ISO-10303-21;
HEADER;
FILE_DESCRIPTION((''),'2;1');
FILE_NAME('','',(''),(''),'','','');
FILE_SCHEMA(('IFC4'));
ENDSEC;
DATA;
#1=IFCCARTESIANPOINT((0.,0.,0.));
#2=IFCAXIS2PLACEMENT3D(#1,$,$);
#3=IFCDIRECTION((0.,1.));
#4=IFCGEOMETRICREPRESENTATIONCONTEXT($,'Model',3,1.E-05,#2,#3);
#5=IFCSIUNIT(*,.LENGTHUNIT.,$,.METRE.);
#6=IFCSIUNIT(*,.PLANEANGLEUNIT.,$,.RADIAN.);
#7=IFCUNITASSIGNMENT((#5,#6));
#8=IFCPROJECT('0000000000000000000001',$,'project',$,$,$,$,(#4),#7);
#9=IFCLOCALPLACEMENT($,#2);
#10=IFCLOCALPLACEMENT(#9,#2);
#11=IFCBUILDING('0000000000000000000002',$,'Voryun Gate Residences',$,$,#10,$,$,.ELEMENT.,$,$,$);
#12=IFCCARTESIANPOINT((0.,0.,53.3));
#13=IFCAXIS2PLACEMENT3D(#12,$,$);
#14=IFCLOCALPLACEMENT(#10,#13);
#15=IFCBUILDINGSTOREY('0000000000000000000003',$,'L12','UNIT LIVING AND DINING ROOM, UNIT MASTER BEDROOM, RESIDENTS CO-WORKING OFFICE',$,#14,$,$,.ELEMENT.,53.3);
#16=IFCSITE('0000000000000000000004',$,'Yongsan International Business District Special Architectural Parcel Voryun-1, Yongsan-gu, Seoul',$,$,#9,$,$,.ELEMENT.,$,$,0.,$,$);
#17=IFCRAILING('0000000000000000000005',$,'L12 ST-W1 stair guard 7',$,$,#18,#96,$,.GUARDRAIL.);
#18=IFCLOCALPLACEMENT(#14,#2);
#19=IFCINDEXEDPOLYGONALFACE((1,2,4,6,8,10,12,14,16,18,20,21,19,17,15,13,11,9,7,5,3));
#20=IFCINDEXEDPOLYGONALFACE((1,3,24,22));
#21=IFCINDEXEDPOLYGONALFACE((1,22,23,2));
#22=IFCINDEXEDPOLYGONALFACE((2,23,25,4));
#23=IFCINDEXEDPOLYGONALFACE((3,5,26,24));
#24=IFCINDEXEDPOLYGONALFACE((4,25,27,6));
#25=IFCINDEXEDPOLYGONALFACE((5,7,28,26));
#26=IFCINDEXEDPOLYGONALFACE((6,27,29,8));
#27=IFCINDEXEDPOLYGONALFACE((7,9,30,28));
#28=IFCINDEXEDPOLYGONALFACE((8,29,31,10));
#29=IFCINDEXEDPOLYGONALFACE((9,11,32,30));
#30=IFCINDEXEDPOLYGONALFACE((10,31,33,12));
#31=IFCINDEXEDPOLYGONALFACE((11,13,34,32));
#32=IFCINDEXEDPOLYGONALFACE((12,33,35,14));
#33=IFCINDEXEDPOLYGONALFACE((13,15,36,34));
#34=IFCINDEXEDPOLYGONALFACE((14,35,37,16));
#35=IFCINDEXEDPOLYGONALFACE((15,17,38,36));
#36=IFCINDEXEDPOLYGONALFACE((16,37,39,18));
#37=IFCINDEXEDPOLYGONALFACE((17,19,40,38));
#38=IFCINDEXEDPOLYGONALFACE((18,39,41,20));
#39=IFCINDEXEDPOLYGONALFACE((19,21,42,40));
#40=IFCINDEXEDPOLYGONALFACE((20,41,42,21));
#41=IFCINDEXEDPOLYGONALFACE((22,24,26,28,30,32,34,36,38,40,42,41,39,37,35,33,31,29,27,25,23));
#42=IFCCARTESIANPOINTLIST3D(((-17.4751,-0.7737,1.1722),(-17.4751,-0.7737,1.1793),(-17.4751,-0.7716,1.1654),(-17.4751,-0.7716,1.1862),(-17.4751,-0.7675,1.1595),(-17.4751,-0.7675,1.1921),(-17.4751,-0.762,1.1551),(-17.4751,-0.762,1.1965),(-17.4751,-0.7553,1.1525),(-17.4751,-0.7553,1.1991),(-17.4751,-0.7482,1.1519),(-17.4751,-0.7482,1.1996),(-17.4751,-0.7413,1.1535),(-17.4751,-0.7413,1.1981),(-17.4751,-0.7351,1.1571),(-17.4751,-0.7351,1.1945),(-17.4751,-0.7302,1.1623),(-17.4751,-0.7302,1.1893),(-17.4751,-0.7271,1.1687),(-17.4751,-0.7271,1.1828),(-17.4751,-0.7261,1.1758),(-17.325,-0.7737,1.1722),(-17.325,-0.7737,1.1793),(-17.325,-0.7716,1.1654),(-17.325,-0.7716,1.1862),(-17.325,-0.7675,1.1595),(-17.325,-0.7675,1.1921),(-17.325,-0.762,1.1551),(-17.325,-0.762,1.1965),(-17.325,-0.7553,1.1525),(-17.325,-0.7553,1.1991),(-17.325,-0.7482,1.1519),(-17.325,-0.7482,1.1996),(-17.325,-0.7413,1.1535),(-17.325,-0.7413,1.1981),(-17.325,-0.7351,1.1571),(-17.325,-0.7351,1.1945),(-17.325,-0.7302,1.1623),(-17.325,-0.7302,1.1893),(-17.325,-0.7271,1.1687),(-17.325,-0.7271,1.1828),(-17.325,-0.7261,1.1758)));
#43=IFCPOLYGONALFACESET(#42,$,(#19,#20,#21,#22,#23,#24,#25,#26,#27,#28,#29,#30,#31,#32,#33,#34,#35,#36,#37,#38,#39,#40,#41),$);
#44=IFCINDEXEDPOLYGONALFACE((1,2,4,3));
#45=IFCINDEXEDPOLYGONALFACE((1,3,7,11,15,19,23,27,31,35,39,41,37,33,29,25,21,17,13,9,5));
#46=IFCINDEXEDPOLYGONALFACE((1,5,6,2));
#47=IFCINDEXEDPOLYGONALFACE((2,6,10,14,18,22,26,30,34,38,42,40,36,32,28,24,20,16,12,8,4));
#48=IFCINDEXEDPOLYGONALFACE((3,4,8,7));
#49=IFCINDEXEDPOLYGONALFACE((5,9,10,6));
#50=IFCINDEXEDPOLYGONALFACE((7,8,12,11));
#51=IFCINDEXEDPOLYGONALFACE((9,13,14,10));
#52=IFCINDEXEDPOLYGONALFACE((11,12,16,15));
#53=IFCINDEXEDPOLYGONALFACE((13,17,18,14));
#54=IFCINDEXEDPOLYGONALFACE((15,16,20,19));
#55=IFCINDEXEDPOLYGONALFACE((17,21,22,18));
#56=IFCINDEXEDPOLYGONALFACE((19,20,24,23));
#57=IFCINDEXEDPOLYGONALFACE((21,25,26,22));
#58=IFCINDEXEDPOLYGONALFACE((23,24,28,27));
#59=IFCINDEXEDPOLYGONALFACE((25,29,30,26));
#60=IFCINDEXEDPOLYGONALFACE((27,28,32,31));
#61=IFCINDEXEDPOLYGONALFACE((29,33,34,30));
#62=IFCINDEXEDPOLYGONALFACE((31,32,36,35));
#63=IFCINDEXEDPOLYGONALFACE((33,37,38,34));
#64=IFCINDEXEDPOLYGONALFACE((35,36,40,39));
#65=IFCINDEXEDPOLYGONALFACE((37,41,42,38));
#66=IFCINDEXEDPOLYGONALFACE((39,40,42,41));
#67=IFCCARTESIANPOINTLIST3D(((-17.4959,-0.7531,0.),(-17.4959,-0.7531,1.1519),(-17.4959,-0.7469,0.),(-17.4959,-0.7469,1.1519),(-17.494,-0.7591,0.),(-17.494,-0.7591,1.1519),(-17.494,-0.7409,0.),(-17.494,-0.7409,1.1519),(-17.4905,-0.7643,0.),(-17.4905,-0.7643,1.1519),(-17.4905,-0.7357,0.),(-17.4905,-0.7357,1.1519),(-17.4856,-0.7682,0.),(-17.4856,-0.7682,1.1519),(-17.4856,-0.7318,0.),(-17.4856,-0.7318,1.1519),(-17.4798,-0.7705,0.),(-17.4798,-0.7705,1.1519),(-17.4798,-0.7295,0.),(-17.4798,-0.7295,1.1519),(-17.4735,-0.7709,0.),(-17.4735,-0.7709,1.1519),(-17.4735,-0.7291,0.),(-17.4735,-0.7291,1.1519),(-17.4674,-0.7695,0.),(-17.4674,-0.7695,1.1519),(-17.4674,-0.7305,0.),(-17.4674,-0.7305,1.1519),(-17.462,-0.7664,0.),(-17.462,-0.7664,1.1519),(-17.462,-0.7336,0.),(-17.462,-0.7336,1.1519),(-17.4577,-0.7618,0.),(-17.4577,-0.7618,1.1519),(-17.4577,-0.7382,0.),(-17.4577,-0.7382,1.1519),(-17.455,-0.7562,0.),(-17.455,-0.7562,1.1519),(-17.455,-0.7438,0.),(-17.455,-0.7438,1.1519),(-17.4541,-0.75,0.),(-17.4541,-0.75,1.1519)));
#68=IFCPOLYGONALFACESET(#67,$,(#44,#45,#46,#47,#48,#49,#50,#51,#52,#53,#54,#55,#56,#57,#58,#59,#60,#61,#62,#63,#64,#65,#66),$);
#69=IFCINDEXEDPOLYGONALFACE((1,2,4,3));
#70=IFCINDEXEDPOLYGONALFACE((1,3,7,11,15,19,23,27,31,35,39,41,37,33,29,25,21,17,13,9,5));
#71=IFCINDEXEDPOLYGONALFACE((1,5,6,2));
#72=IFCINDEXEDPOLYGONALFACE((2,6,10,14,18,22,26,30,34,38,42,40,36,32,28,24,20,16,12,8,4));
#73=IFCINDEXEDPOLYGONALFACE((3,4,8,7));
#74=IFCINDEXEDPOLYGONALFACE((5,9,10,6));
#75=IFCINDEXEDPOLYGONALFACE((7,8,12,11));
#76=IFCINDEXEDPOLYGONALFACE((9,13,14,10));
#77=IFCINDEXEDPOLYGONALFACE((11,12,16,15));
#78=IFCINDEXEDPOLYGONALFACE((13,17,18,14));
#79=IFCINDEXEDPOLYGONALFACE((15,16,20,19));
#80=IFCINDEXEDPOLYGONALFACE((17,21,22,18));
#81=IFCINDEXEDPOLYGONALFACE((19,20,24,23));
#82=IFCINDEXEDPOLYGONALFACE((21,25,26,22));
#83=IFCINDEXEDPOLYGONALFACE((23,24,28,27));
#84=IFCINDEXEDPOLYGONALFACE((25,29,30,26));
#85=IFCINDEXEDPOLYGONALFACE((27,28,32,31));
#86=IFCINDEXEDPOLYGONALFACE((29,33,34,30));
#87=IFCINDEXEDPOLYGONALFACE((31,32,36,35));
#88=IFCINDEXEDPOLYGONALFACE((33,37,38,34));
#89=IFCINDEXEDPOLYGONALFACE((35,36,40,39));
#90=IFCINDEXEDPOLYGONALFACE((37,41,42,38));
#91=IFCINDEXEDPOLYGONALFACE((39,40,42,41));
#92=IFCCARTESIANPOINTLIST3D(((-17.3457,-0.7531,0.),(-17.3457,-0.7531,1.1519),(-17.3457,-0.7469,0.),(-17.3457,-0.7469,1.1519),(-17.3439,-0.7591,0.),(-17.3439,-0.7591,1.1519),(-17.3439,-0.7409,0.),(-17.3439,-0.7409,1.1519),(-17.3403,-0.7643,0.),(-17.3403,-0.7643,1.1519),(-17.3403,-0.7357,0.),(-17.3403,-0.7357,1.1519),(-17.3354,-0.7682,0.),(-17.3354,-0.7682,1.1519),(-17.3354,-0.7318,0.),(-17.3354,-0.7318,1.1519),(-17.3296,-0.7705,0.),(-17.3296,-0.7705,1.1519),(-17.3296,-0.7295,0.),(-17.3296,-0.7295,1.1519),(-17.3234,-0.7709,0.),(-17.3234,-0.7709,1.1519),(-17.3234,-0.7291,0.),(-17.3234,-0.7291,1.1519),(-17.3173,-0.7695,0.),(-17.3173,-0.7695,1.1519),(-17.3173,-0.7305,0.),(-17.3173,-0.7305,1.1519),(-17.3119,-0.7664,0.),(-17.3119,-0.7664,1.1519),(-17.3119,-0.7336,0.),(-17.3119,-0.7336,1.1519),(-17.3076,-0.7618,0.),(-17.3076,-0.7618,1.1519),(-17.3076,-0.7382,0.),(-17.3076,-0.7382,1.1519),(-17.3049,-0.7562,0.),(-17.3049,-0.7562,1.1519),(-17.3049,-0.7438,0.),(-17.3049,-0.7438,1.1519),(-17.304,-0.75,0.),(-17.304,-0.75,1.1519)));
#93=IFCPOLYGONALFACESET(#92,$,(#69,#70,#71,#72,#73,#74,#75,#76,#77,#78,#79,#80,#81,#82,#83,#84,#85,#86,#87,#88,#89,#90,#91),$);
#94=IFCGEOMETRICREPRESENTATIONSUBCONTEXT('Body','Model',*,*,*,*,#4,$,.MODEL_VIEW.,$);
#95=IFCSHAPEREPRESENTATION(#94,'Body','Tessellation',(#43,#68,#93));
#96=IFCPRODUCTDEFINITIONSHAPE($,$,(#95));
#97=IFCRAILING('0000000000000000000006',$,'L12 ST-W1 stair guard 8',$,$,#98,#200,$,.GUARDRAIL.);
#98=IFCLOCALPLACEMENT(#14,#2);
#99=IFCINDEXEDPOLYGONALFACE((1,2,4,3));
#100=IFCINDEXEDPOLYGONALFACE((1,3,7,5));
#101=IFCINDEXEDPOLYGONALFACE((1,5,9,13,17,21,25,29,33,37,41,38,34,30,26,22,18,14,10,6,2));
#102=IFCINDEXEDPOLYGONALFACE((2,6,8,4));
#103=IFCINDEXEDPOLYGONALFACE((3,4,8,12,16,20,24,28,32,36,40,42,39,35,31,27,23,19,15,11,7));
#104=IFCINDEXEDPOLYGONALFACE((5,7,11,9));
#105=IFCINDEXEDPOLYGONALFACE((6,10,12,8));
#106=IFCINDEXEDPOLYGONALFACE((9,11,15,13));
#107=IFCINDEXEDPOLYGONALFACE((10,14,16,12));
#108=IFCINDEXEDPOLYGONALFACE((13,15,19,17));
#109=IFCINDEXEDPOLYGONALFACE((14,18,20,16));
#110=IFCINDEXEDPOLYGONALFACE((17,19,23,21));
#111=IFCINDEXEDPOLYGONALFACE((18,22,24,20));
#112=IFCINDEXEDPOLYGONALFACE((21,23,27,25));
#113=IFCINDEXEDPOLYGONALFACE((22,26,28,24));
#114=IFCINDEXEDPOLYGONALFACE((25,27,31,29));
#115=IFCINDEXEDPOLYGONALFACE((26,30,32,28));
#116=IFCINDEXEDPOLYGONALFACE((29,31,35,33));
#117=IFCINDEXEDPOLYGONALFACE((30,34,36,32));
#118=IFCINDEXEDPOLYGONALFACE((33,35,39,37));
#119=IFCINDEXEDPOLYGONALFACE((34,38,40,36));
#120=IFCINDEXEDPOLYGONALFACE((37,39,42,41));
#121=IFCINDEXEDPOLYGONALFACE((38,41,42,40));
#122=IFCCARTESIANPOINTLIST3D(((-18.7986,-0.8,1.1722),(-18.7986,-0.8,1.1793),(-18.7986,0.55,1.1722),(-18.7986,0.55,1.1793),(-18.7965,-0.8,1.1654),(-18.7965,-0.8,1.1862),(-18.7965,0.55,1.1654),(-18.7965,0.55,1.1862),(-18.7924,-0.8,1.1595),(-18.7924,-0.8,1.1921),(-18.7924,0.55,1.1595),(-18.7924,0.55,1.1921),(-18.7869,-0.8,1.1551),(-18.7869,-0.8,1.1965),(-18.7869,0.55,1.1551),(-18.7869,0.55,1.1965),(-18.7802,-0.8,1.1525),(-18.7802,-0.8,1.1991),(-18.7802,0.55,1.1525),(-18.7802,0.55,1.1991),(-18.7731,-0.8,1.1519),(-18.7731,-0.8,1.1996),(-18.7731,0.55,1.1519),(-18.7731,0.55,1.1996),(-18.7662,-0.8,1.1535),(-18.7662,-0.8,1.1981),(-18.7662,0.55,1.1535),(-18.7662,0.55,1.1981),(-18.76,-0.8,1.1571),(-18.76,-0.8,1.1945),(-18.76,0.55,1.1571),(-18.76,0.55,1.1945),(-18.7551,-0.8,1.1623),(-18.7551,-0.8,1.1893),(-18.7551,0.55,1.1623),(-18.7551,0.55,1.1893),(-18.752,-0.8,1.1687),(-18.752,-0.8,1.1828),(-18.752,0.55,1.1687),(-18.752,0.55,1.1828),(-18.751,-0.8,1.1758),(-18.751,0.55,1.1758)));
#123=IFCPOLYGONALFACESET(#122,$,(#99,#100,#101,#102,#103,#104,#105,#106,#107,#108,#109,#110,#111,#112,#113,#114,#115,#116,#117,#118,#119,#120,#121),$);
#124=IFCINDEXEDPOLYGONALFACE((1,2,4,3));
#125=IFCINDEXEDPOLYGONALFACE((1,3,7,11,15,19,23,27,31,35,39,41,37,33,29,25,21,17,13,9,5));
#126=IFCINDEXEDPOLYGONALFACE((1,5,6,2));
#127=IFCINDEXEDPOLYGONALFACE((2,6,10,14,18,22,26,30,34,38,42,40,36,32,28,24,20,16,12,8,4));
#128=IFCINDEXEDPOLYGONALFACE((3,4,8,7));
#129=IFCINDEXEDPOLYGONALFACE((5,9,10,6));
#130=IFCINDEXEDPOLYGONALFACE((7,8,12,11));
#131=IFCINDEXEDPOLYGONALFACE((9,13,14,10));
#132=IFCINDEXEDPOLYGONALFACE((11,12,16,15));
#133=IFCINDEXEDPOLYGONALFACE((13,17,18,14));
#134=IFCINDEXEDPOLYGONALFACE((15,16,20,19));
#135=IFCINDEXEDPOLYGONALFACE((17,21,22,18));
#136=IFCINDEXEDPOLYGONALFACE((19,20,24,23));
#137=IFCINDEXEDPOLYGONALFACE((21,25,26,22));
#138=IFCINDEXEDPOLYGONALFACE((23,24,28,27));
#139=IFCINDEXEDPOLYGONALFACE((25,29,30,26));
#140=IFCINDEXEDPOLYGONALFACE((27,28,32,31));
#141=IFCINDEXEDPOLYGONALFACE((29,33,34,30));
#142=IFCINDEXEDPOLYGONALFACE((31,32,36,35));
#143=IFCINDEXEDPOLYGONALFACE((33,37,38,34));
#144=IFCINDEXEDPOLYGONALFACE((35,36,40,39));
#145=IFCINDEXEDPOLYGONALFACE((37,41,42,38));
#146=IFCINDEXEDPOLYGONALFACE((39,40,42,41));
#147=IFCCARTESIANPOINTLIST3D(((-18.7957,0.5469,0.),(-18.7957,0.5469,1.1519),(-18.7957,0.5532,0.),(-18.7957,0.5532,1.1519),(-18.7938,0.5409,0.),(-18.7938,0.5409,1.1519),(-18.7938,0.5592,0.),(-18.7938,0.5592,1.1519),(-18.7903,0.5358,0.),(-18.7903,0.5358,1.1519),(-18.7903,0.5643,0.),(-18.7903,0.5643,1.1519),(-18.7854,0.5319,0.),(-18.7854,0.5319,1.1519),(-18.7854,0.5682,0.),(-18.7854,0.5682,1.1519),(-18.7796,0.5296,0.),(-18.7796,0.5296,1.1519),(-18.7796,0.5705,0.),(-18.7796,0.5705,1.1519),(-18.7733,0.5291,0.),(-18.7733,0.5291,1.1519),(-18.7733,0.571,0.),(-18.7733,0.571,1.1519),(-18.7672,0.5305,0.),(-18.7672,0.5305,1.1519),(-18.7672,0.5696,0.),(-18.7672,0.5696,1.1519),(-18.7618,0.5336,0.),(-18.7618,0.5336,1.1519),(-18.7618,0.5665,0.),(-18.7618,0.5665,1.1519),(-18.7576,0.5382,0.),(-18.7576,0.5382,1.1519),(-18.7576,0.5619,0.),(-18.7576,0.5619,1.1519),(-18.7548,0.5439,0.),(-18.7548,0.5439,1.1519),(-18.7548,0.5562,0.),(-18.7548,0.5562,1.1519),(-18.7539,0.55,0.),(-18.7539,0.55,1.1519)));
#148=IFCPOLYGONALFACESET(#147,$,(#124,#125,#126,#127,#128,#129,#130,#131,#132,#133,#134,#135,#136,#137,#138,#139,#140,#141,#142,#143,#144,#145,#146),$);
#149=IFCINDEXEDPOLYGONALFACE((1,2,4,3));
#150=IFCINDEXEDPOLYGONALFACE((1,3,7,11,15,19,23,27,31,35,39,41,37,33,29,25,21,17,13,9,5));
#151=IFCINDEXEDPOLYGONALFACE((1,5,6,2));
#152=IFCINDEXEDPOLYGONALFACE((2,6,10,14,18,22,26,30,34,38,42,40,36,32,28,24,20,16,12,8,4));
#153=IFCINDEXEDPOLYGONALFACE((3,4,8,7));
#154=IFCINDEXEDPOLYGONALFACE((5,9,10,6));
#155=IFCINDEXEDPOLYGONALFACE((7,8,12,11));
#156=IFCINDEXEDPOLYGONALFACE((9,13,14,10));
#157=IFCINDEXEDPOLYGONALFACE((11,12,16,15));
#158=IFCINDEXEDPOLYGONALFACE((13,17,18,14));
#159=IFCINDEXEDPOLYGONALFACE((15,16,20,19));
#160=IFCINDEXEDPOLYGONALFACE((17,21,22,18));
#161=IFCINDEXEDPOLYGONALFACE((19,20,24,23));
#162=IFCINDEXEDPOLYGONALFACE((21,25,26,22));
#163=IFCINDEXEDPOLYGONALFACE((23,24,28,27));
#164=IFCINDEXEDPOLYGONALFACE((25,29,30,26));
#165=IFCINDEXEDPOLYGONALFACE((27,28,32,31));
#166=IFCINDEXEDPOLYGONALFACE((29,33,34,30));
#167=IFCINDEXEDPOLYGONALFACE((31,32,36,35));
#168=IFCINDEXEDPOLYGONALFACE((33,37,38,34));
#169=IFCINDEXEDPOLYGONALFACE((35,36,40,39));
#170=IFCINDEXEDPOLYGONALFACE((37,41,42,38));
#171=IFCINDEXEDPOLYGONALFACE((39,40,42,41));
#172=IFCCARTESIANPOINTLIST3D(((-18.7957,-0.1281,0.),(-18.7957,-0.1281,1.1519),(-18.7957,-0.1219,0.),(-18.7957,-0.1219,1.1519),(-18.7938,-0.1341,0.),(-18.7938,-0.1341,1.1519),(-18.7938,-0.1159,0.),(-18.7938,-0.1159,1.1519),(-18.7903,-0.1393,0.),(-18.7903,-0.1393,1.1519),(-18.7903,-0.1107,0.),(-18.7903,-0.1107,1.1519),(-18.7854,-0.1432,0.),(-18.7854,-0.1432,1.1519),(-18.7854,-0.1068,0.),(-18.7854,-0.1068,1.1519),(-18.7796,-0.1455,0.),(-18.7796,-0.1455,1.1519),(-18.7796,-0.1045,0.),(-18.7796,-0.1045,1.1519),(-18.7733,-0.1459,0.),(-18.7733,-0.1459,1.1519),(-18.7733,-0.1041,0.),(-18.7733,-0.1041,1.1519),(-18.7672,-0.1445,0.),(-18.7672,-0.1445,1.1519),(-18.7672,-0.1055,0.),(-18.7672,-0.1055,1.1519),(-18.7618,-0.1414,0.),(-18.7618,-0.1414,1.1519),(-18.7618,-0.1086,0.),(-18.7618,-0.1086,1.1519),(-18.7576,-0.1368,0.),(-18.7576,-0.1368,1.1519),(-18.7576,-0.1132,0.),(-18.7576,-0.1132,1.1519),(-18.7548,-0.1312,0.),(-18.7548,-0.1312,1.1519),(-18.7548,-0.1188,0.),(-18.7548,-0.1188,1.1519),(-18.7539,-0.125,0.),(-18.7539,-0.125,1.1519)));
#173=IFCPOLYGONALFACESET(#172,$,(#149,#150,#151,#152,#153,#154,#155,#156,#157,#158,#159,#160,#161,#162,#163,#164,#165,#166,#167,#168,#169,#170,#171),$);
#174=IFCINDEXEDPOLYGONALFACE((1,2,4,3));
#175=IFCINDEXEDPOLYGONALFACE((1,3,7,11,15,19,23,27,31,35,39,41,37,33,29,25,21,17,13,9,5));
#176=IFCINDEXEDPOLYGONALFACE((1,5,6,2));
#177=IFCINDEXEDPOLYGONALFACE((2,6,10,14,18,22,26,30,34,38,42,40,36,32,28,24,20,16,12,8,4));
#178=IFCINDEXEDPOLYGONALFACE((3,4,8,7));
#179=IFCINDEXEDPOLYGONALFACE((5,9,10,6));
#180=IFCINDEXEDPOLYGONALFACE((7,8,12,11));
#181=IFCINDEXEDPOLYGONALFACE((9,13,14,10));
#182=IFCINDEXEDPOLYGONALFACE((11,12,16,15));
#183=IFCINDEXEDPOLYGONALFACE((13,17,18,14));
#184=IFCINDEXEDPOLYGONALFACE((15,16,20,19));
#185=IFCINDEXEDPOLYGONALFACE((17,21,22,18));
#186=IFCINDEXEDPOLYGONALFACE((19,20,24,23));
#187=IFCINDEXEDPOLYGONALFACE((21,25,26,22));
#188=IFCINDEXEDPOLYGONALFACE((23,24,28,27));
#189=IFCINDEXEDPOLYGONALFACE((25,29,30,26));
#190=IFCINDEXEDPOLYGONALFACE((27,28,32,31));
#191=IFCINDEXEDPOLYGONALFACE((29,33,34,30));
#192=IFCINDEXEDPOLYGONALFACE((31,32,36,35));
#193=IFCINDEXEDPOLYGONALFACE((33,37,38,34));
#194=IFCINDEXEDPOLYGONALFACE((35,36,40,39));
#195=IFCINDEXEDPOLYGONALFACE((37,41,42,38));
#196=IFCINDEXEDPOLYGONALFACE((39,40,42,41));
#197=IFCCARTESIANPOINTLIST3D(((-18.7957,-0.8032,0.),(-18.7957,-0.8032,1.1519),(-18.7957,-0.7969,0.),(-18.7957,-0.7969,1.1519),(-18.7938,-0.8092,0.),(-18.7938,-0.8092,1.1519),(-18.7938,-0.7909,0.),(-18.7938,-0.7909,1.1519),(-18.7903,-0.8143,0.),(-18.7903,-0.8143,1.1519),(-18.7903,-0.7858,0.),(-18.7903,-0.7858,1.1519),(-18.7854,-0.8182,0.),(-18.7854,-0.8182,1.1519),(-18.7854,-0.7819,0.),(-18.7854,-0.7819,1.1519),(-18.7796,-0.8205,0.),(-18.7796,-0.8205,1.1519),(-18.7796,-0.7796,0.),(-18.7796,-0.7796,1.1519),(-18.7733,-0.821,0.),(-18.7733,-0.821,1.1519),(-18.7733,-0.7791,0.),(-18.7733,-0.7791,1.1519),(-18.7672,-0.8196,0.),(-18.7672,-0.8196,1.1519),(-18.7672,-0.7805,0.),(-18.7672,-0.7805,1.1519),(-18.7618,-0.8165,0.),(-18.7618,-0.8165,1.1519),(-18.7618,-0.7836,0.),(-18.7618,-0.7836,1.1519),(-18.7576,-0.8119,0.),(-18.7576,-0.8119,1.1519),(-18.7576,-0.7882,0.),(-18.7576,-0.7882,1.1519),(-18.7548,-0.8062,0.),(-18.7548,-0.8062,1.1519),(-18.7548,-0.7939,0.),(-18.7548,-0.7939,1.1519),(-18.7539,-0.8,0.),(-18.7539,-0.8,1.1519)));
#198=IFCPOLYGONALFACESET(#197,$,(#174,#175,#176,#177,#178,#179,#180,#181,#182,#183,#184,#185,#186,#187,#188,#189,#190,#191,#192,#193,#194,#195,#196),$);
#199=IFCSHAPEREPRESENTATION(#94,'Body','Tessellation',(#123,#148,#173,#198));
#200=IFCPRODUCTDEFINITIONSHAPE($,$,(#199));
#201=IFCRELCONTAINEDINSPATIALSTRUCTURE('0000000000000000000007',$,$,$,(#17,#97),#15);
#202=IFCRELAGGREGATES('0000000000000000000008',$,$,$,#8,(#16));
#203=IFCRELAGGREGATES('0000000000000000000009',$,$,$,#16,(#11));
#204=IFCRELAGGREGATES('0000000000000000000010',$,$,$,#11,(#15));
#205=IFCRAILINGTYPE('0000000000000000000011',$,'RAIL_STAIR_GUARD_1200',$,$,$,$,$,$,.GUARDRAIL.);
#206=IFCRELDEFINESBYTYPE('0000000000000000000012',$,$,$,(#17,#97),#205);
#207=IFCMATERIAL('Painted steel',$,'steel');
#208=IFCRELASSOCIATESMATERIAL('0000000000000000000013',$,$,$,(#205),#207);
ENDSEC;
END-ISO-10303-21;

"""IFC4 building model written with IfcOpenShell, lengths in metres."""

from ifc_helpers import new_model, si_unit, direction, frame, origin, origin_2d, place, context, subcontext, project, spatial, circle, extrude, material, type_object, element, save


model = new_model("IFC4")

# Units and contexts
model_context = context("Model", 3, precision=1e-05, world=origin(), true_north=direction((0.0, 1.0)))
body_context = subcontext(model_context, "Body", "Model", "MODEL_VIEW")
ifc_project = project(units=[si_unit("LENGTHUNIT", "METRE"), si_unit("PLANEANGLEUNIT", "RADIAN")], contexts=[model_context])

# Site, building, storey
site_placement = place(None, origin())
site = spatial("IfcSite", under=ifc_project, at=site_placement, Name="Yongsan International Business District Special Architectural Parcel Voryun-1, Yongsan-gu, Seoul", CompositionType="ELEMENT", RefElevation=0.0)
building_placement = place(site_placement, origin())
building = spatial("IfcBuilding", under=site, at=building_placement, Name="Voryun Gate Residences", CompositionType="ELEMENT")
storey_placement = place(building_placement, frame((0.0, 0.0, 53.3)))
storey = spatial("IfcBuildingStorey", under=building, at=storey_placement, Name="L12", Description="UNIT LIVING AND DINING ROOM, UNIT MASTER BEDROOM, RESIDENTS CO-WORKING OFFICE", CompositionType="ELEMENT", Elevation=53.3)

# Railings
ifc_material_1 = material(Name="Painted steel", Category="steel")
railing_type = type_object("IfcRailingType", Name="RAIL_STAIR_GUARD_1200", PredefinedType="GUARDRAIL", material=ifc_material_1)
railing_1_placement = place(storey_placement, frame((-17.4751, -0.75, 0.0)))
element("IfcRailing", 1, at=railing_1_placement, inside=storey, type_object=railing_type, Name="L12 ST-W1 stair guard 7", PredefinedType="GUARDRAIL", context=body_context, shape_type="SweptSolid", body=[
    extrude(circle(Radius=0.0239, at=origin_2d()), frame((0.0, 0.0, 1.1758), z_axis=(1.0, 0.0, 0.0), x_axis=(0.0, 1.0, 0.0)), (0.0, 0.0, 1.0), 0.1501),
    extrude(circle(Radius=0.021, at=origin_2d()), origin(), (0.0, 0.0, 1.0), 1.1519),
    extrude(circle(Radius=0.021, at=origin_2d()), frame((0.1501, 0.0, 0.0)), (0.0, 0.0, 1.0), 1.1519),
])
for number, where, name in (
    (2, (-18.7749, 0.55, 0.0), "L12 ST-W1 stair guard 8"),
):
    element("IfcRailing", number, at=place(storey_placement, frame(where)), inside=storey, type_object=railing_type, Name=name, PredefinedType="GUARDRAIL", context=body_context, shape_type="SweptSolid", body=[
        extrude(circle(Radius=0.0239, at=origin_2d()), frame((0.0, 0.0, 1.1758), z_axis=(0.0, -1.0, 0.0), x_axis=(1.0, 0.0, 0.0)), (0.0, 0.0, 1.0), 1.3501),
        extrude(circle(Radius=0.021, at=origin_2d()), origin(), (0.0, 0.0, 1.0), 1.1519),
        extrude(circle(Radius=0.021, at=origin_2d()), frame((0.0, -0.675, 0.0)), (0.0, 0.0, 1.0), 1.1519),
        extrude(circle(Radius=0.021, at=origin_2d()), frame((0.0, -1.3501, 0.0)), (0.0, 0.0, 1.0), 1.1519),
    ])

save(model, "model.ifc")
